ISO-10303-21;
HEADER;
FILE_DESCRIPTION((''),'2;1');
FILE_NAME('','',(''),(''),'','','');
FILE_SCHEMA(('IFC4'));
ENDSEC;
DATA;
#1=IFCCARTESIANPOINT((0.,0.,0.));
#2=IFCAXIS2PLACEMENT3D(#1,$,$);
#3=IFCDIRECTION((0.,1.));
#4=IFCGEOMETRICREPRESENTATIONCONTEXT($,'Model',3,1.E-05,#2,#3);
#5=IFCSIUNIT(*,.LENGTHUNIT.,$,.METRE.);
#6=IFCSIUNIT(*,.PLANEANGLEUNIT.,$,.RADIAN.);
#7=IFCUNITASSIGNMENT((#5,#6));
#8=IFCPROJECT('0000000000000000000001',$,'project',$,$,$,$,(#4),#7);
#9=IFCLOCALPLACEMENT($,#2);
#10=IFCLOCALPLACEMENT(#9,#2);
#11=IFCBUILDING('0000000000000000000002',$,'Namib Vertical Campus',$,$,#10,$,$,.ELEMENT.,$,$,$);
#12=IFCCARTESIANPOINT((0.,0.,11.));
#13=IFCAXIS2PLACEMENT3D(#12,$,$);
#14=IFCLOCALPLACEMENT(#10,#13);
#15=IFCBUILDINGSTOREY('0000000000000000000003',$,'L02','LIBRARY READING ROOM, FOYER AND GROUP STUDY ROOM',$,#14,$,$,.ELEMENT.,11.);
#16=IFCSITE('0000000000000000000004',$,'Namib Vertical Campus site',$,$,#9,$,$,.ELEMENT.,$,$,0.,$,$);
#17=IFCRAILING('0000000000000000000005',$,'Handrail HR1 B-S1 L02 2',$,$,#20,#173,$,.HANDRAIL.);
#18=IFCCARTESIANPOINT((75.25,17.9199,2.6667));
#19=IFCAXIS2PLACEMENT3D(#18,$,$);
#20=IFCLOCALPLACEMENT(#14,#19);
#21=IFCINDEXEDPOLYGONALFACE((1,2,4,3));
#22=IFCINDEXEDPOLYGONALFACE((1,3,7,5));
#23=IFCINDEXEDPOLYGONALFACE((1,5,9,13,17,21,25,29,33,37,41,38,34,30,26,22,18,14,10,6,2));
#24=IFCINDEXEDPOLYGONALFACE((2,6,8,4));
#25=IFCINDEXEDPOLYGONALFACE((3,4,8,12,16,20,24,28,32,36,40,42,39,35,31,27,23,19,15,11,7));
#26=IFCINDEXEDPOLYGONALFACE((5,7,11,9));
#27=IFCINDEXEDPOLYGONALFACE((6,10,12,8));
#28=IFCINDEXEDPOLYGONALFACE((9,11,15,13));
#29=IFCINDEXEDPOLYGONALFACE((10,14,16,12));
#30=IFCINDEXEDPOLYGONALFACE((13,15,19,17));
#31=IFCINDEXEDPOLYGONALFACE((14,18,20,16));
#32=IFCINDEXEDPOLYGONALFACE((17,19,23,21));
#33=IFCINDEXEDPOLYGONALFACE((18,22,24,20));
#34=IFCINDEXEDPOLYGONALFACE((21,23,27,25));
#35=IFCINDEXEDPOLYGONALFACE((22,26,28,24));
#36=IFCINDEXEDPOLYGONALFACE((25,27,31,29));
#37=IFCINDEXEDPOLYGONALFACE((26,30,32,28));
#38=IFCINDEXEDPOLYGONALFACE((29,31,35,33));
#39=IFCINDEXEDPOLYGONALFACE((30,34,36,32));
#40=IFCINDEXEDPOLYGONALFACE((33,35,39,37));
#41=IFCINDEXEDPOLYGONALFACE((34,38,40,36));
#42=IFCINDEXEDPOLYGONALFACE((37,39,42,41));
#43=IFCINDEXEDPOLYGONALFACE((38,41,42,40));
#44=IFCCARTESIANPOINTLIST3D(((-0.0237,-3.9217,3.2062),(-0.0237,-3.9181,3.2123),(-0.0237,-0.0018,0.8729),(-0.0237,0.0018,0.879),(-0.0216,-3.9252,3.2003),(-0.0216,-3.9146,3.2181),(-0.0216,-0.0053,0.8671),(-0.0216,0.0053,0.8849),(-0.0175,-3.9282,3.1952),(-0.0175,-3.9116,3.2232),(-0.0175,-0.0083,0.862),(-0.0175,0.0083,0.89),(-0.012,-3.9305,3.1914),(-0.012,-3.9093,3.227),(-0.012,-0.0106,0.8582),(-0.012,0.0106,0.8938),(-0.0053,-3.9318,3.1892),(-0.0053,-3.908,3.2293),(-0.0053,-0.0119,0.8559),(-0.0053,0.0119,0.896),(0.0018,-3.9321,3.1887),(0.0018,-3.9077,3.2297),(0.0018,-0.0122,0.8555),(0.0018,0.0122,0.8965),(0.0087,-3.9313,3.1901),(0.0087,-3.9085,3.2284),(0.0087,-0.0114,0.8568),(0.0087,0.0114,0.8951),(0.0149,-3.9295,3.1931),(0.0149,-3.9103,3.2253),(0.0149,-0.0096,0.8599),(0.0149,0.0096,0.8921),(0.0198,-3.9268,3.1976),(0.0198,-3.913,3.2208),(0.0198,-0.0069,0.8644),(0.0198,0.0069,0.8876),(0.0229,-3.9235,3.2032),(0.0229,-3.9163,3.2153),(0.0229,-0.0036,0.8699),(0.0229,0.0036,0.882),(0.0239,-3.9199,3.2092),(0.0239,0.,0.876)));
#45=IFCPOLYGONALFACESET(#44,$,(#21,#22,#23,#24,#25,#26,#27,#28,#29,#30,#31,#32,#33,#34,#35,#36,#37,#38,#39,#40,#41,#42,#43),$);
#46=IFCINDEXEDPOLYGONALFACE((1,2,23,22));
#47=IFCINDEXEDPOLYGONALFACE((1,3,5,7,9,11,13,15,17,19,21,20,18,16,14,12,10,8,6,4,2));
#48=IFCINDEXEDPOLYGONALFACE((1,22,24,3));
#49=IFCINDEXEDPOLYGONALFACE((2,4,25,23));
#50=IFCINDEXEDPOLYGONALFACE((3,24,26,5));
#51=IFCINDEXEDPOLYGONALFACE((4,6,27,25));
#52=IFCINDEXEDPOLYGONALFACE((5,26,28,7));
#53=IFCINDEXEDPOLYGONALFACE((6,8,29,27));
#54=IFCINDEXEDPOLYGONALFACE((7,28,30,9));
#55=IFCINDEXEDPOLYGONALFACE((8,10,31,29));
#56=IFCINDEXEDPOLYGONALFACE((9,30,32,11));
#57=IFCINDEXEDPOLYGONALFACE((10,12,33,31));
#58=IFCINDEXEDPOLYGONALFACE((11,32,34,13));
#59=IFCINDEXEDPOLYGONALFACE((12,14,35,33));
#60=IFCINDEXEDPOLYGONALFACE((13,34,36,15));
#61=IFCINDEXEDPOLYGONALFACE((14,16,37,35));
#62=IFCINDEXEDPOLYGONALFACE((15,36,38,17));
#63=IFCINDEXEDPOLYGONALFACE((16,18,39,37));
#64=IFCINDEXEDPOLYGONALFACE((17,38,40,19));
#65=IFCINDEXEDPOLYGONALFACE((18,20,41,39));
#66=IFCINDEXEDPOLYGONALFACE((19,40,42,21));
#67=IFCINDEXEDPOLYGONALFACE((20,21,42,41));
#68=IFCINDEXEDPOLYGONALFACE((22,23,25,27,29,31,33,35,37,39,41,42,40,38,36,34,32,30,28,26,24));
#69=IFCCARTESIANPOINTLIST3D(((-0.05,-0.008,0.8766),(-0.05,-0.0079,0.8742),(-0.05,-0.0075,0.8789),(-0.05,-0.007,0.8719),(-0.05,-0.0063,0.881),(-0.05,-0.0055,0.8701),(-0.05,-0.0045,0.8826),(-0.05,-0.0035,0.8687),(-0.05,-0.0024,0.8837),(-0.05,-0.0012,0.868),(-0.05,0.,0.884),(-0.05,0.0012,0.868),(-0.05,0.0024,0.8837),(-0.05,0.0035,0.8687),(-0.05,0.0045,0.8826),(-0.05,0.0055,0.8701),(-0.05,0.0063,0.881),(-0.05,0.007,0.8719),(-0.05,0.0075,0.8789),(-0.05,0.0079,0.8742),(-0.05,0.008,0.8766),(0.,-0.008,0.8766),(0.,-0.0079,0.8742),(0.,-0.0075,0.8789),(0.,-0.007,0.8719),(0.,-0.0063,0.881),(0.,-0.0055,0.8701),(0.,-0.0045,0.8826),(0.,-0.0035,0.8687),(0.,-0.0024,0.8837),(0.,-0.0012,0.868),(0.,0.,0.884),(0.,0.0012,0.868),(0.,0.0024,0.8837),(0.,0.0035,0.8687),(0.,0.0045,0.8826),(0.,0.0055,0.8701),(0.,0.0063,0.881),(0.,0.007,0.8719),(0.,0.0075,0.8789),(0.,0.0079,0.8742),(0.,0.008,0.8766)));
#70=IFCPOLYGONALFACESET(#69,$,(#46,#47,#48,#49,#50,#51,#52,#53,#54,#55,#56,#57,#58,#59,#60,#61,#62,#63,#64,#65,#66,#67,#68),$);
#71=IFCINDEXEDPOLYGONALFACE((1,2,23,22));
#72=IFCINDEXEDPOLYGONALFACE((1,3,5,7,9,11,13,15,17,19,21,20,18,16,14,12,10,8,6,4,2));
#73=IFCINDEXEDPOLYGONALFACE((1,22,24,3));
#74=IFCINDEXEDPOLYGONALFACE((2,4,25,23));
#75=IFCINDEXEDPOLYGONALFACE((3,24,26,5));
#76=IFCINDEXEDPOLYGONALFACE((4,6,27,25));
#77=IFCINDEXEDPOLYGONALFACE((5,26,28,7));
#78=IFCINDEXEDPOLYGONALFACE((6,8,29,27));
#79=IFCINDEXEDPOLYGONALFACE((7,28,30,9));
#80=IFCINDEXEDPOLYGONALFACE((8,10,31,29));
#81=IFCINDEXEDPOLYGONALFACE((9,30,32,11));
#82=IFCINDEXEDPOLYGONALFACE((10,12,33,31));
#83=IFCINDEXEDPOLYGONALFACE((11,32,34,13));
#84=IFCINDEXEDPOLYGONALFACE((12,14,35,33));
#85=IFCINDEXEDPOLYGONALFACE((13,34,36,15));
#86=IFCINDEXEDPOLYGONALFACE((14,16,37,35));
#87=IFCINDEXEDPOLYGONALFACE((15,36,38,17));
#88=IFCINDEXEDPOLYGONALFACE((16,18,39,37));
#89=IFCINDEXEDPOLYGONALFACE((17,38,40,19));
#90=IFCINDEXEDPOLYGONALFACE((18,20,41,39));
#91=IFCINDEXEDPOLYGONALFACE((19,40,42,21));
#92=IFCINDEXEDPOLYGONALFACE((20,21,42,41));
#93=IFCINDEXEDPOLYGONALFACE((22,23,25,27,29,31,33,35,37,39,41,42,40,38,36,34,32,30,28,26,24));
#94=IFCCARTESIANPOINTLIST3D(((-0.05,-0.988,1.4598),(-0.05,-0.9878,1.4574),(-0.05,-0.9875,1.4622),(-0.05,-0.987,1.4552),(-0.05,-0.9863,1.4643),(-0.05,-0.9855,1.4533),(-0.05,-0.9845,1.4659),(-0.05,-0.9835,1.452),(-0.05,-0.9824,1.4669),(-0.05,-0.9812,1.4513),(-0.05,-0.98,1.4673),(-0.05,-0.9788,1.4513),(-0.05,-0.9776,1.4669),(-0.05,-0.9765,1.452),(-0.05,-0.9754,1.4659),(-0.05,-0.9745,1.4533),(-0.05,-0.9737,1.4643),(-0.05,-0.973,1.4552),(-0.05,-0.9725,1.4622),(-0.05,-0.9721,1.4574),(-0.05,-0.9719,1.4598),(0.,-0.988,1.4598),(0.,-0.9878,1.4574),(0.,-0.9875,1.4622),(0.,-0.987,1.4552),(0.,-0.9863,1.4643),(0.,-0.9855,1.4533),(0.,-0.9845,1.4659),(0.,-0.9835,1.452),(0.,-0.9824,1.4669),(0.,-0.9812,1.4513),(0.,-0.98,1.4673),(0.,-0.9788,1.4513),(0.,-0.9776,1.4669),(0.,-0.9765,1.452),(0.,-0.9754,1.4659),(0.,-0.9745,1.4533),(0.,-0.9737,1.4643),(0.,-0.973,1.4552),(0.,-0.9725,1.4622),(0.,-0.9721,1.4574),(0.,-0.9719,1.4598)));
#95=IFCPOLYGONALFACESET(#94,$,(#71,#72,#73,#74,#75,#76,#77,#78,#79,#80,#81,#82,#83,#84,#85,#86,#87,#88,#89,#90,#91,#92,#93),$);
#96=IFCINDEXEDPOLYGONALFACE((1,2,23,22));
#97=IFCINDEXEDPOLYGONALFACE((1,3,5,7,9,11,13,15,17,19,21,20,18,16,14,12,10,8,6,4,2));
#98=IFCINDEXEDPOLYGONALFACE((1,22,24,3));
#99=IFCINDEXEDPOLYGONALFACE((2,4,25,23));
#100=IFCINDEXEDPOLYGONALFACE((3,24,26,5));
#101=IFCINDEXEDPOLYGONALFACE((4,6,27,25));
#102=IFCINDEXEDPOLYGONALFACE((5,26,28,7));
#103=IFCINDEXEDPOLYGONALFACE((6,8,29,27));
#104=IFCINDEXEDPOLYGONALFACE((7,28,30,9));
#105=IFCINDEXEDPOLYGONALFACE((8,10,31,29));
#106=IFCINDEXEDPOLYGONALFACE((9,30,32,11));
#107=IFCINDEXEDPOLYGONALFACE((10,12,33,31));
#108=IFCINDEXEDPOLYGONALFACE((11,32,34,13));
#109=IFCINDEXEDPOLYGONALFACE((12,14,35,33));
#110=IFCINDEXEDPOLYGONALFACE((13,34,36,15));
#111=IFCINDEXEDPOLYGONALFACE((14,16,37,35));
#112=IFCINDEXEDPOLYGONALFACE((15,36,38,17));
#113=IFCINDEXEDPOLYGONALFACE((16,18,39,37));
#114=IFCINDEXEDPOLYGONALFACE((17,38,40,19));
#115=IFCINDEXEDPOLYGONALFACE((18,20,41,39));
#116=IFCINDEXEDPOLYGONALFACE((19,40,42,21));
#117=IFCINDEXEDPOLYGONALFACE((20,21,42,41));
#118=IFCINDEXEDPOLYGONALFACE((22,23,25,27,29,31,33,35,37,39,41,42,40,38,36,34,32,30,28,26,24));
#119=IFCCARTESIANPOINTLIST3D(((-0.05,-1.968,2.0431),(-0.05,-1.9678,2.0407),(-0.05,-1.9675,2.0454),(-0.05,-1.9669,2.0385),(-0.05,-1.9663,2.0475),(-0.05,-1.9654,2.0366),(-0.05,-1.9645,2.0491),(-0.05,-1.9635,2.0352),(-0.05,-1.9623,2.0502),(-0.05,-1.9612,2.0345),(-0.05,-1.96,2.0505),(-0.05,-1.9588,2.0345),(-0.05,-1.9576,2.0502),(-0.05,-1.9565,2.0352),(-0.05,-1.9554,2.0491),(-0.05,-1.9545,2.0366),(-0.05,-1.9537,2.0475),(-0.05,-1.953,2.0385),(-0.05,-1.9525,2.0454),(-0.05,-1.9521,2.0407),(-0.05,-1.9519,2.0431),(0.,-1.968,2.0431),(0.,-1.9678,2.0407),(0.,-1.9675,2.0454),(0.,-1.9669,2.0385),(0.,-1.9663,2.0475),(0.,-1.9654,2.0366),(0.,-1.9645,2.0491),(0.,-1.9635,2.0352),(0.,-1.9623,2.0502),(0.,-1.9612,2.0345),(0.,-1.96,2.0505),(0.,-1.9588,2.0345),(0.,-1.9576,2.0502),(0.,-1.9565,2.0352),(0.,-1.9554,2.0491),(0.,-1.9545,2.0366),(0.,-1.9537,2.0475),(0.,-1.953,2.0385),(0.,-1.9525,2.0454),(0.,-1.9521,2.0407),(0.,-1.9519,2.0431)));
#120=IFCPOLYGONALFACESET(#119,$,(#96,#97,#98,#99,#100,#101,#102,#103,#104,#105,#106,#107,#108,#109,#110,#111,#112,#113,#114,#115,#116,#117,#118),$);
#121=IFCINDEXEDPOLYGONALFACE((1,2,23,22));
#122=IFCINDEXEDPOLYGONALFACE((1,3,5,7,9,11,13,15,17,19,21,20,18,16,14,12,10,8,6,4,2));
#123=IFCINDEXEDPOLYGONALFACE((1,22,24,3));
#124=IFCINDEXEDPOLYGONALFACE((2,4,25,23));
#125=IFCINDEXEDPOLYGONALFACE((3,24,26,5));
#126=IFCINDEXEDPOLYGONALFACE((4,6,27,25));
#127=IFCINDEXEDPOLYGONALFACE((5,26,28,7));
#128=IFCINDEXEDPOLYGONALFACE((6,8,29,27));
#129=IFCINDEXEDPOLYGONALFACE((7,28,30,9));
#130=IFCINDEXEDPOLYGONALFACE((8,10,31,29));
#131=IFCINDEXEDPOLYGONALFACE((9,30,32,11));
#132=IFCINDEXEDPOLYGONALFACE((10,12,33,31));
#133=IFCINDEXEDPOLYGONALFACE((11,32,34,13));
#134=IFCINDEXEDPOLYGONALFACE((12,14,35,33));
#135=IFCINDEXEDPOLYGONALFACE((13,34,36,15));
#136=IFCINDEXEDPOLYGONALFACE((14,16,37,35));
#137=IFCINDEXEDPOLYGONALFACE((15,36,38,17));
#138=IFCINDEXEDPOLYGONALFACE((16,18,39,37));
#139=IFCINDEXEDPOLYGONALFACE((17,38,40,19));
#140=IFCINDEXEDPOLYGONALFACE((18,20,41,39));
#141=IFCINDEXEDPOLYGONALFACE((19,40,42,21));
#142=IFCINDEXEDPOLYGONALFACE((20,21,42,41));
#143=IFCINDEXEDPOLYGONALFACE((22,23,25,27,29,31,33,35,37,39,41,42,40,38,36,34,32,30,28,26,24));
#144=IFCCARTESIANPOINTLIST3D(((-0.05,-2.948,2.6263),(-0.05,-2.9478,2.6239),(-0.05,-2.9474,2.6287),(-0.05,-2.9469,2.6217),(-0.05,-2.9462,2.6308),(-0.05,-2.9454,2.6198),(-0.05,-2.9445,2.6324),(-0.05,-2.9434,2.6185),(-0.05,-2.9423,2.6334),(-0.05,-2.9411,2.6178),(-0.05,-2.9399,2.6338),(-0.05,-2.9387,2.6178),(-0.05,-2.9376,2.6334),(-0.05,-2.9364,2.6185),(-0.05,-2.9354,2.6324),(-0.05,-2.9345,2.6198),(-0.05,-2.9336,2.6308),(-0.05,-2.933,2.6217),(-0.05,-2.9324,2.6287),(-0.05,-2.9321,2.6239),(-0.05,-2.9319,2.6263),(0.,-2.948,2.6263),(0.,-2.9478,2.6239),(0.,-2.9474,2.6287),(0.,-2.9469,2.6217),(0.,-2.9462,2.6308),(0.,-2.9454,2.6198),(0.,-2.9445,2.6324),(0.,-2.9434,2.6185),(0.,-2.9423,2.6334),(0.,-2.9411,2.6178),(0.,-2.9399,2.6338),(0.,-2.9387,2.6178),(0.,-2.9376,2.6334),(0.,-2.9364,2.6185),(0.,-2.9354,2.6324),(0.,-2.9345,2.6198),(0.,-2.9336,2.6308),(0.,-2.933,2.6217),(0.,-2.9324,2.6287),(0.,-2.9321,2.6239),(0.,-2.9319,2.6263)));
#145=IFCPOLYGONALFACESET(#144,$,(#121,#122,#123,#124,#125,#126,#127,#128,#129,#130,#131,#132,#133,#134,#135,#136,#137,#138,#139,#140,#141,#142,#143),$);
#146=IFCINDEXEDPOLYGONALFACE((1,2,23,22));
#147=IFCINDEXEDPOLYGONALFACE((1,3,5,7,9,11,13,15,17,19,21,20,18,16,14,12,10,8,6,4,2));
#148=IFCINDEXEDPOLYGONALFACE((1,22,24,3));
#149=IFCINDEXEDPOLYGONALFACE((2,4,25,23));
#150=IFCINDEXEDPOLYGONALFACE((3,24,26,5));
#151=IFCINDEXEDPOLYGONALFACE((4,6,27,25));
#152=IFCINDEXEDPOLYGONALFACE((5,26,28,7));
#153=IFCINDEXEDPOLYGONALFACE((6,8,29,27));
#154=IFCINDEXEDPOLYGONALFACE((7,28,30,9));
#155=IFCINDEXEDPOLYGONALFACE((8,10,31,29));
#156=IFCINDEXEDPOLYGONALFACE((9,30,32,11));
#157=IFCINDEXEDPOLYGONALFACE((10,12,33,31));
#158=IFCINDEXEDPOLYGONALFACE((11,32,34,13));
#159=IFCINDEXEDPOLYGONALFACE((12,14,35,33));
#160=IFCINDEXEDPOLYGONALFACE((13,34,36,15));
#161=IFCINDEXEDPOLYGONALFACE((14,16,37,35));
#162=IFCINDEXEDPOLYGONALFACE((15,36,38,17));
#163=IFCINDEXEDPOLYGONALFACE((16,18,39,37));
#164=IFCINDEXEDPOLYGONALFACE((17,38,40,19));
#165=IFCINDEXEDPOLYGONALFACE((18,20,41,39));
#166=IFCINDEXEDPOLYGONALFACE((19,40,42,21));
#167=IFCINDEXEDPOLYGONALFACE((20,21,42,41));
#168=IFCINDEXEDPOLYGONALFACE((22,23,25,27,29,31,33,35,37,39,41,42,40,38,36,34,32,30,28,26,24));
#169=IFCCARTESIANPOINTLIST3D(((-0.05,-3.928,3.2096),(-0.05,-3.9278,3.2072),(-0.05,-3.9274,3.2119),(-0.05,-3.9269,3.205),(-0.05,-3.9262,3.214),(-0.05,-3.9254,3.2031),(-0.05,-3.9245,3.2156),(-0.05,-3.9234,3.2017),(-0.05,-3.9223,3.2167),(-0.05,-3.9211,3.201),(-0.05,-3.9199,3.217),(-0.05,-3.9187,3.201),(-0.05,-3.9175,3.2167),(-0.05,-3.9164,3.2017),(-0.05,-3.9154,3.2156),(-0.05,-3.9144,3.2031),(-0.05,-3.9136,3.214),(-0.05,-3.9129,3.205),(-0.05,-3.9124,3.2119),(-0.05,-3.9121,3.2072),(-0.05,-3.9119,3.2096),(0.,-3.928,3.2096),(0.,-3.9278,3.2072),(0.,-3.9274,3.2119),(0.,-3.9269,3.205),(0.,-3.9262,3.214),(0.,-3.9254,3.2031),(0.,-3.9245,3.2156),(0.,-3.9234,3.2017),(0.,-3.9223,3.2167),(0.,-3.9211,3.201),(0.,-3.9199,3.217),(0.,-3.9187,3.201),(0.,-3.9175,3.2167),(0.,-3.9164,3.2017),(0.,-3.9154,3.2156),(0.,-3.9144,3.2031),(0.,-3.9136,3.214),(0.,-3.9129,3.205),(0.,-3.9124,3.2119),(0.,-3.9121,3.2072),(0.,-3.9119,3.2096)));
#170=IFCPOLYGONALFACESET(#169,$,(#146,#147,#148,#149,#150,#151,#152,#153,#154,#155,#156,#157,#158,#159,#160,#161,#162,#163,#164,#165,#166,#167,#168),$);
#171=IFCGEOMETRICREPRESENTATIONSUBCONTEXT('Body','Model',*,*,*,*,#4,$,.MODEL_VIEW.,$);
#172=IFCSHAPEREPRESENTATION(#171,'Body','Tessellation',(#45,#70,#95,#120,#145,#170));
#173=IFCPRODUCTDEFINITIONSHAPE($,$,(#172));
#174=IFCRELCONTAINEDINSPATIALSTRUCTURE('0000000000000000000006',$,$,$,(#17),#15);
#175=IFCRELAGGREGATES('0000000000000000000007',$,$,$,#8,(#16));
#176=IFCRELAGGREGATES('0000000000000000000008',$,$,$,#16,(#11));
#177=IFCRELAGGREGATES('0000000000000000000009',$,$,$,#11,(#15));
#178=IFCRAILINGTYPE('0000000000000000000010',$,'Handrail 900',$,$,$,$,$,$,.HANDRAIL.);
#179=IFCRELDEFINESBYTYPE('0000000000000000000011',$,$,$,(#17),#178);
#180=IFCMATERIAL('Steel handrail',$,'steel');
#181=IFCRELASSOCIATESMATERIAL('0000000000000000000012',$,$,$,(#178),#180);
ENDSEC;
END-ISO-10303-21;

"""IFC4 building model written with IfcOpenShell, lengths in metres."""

from ifc_helpers import new_model, si_unit, direction, frame, origin, origin_2d, place, context, subcontext, project, spatial, circle, extrude, material, type_object, element, save


model = new_model("IFC4")

# Units and contexts
model_context = context("Model", 3, precision=1e-05, world=origin(), true_north=direction((0.0, 1.0)))
body_context = subcontext(model_context, "Body", "Model", "MODEL_VIEW")
ifc_project = project(units=[si_unit("LENGTHUNIT", "METRE"), si_unit("PLANEANGLEUNIT", "RADIAN")], contexts=[model_context])

# Site, building, storey
site_placement = place(None, origin())
site = spatial("IfcSite", under=ifc_project, at=site_placement, Name="Namib Vertical Campus site", CompositionType="ELEMENT", RefElevation=0.0)
building_placement = place(site_placement, origin())
building = spatial("IfcBuilding", under=site, at=building_placement, Name="Namib Vertical Campus", CompositionType="ELEMENT")
storey_placement = place(building_placement, frame((0.0, 0.0, 11.0)))
storey = spatial("IfcBuildingStorey", under=building, at=storey_placement, Name="L02", Description="LIBRARY READING ROOM, FOYER AND GROUP STUDY ROOM", CompositionType="ELEMENT", Elevation=11.0)

# Railing
ifc_material_1 = material(Name="Steel handrail", Category="steel")
railing_type_1 = type_object("IfcRailingType", Name="Handrail 900", PredefinedType="HANDRAIL", material=ifc_material_1)
railing_1_placement = place(storey_placement, frame((75.25, 17.9199, 2.6667)))
element("IfcRailing", 1, at=railing_1_placement, inside=storey, type_object=railing_type_1, Name="Handrail HR1 B-S1 L02 2", PredefinedType="HANDRAIL", context=body_context, shape_type="SweptSolid", body=[
    extrude(circle(Radius=0.0239, at=origin_2d()), frame((0.0, 0.0, 0.876), z_axis=(0.0, -0.859296, 0.511478), x_axis=(1.0, 0.0, 0.0)), (0.0, 0.0, 1.0), 4.5618),
    extrude(circle(Radius=0.0081, at=origin_2d()), frame((0.0, 0.0, 0.876), z_axis=(-1.0, 0.0, 0.0), x_axis=(0.0, 0.0, 1.0)), (0.0, 0.0, 1.0), 0.05),
    extrude(circle(Radius=0.0081, at=origin_2d()), frame((0.0, -0.98, 1.4592), z_axis=(-1.0, 0.0, 0.0), x_axis=(0.0, 0.0, 1.0)), (0.0, 0.0, 1.0), 0.05),
    extrude(circle(Radius=0.0081, at=origin_2d()), frame((0.0, -1.96, 2.0425), z_axis=(-1.0, 0.0, 0.0), x_axis=(0.0, 0.0, 1.0)), (0.0, 0.0, 1.0), 0.05),
    extrude(circle(Radius=0.0081, at=origin_2d()), frame((0.0, -2.9399, 2.6257), z_axis=(-1.0, 0.0, 0.0), x_axis=(0.0, 0.0, 1.0)), (0.0, 0.0, 1.0), 0.05),
    extrude(circle(Radius=0.0081, at=origin_2d()), frame((0.0, -3.9199, 3.209), z_axis=(-1.0, 0.0, 0.0), x_axis=(0.0, 0.0, 1.0)), (0.0, 0.0, 1.0), 0.05),
])

save(model, "model.ifc")
